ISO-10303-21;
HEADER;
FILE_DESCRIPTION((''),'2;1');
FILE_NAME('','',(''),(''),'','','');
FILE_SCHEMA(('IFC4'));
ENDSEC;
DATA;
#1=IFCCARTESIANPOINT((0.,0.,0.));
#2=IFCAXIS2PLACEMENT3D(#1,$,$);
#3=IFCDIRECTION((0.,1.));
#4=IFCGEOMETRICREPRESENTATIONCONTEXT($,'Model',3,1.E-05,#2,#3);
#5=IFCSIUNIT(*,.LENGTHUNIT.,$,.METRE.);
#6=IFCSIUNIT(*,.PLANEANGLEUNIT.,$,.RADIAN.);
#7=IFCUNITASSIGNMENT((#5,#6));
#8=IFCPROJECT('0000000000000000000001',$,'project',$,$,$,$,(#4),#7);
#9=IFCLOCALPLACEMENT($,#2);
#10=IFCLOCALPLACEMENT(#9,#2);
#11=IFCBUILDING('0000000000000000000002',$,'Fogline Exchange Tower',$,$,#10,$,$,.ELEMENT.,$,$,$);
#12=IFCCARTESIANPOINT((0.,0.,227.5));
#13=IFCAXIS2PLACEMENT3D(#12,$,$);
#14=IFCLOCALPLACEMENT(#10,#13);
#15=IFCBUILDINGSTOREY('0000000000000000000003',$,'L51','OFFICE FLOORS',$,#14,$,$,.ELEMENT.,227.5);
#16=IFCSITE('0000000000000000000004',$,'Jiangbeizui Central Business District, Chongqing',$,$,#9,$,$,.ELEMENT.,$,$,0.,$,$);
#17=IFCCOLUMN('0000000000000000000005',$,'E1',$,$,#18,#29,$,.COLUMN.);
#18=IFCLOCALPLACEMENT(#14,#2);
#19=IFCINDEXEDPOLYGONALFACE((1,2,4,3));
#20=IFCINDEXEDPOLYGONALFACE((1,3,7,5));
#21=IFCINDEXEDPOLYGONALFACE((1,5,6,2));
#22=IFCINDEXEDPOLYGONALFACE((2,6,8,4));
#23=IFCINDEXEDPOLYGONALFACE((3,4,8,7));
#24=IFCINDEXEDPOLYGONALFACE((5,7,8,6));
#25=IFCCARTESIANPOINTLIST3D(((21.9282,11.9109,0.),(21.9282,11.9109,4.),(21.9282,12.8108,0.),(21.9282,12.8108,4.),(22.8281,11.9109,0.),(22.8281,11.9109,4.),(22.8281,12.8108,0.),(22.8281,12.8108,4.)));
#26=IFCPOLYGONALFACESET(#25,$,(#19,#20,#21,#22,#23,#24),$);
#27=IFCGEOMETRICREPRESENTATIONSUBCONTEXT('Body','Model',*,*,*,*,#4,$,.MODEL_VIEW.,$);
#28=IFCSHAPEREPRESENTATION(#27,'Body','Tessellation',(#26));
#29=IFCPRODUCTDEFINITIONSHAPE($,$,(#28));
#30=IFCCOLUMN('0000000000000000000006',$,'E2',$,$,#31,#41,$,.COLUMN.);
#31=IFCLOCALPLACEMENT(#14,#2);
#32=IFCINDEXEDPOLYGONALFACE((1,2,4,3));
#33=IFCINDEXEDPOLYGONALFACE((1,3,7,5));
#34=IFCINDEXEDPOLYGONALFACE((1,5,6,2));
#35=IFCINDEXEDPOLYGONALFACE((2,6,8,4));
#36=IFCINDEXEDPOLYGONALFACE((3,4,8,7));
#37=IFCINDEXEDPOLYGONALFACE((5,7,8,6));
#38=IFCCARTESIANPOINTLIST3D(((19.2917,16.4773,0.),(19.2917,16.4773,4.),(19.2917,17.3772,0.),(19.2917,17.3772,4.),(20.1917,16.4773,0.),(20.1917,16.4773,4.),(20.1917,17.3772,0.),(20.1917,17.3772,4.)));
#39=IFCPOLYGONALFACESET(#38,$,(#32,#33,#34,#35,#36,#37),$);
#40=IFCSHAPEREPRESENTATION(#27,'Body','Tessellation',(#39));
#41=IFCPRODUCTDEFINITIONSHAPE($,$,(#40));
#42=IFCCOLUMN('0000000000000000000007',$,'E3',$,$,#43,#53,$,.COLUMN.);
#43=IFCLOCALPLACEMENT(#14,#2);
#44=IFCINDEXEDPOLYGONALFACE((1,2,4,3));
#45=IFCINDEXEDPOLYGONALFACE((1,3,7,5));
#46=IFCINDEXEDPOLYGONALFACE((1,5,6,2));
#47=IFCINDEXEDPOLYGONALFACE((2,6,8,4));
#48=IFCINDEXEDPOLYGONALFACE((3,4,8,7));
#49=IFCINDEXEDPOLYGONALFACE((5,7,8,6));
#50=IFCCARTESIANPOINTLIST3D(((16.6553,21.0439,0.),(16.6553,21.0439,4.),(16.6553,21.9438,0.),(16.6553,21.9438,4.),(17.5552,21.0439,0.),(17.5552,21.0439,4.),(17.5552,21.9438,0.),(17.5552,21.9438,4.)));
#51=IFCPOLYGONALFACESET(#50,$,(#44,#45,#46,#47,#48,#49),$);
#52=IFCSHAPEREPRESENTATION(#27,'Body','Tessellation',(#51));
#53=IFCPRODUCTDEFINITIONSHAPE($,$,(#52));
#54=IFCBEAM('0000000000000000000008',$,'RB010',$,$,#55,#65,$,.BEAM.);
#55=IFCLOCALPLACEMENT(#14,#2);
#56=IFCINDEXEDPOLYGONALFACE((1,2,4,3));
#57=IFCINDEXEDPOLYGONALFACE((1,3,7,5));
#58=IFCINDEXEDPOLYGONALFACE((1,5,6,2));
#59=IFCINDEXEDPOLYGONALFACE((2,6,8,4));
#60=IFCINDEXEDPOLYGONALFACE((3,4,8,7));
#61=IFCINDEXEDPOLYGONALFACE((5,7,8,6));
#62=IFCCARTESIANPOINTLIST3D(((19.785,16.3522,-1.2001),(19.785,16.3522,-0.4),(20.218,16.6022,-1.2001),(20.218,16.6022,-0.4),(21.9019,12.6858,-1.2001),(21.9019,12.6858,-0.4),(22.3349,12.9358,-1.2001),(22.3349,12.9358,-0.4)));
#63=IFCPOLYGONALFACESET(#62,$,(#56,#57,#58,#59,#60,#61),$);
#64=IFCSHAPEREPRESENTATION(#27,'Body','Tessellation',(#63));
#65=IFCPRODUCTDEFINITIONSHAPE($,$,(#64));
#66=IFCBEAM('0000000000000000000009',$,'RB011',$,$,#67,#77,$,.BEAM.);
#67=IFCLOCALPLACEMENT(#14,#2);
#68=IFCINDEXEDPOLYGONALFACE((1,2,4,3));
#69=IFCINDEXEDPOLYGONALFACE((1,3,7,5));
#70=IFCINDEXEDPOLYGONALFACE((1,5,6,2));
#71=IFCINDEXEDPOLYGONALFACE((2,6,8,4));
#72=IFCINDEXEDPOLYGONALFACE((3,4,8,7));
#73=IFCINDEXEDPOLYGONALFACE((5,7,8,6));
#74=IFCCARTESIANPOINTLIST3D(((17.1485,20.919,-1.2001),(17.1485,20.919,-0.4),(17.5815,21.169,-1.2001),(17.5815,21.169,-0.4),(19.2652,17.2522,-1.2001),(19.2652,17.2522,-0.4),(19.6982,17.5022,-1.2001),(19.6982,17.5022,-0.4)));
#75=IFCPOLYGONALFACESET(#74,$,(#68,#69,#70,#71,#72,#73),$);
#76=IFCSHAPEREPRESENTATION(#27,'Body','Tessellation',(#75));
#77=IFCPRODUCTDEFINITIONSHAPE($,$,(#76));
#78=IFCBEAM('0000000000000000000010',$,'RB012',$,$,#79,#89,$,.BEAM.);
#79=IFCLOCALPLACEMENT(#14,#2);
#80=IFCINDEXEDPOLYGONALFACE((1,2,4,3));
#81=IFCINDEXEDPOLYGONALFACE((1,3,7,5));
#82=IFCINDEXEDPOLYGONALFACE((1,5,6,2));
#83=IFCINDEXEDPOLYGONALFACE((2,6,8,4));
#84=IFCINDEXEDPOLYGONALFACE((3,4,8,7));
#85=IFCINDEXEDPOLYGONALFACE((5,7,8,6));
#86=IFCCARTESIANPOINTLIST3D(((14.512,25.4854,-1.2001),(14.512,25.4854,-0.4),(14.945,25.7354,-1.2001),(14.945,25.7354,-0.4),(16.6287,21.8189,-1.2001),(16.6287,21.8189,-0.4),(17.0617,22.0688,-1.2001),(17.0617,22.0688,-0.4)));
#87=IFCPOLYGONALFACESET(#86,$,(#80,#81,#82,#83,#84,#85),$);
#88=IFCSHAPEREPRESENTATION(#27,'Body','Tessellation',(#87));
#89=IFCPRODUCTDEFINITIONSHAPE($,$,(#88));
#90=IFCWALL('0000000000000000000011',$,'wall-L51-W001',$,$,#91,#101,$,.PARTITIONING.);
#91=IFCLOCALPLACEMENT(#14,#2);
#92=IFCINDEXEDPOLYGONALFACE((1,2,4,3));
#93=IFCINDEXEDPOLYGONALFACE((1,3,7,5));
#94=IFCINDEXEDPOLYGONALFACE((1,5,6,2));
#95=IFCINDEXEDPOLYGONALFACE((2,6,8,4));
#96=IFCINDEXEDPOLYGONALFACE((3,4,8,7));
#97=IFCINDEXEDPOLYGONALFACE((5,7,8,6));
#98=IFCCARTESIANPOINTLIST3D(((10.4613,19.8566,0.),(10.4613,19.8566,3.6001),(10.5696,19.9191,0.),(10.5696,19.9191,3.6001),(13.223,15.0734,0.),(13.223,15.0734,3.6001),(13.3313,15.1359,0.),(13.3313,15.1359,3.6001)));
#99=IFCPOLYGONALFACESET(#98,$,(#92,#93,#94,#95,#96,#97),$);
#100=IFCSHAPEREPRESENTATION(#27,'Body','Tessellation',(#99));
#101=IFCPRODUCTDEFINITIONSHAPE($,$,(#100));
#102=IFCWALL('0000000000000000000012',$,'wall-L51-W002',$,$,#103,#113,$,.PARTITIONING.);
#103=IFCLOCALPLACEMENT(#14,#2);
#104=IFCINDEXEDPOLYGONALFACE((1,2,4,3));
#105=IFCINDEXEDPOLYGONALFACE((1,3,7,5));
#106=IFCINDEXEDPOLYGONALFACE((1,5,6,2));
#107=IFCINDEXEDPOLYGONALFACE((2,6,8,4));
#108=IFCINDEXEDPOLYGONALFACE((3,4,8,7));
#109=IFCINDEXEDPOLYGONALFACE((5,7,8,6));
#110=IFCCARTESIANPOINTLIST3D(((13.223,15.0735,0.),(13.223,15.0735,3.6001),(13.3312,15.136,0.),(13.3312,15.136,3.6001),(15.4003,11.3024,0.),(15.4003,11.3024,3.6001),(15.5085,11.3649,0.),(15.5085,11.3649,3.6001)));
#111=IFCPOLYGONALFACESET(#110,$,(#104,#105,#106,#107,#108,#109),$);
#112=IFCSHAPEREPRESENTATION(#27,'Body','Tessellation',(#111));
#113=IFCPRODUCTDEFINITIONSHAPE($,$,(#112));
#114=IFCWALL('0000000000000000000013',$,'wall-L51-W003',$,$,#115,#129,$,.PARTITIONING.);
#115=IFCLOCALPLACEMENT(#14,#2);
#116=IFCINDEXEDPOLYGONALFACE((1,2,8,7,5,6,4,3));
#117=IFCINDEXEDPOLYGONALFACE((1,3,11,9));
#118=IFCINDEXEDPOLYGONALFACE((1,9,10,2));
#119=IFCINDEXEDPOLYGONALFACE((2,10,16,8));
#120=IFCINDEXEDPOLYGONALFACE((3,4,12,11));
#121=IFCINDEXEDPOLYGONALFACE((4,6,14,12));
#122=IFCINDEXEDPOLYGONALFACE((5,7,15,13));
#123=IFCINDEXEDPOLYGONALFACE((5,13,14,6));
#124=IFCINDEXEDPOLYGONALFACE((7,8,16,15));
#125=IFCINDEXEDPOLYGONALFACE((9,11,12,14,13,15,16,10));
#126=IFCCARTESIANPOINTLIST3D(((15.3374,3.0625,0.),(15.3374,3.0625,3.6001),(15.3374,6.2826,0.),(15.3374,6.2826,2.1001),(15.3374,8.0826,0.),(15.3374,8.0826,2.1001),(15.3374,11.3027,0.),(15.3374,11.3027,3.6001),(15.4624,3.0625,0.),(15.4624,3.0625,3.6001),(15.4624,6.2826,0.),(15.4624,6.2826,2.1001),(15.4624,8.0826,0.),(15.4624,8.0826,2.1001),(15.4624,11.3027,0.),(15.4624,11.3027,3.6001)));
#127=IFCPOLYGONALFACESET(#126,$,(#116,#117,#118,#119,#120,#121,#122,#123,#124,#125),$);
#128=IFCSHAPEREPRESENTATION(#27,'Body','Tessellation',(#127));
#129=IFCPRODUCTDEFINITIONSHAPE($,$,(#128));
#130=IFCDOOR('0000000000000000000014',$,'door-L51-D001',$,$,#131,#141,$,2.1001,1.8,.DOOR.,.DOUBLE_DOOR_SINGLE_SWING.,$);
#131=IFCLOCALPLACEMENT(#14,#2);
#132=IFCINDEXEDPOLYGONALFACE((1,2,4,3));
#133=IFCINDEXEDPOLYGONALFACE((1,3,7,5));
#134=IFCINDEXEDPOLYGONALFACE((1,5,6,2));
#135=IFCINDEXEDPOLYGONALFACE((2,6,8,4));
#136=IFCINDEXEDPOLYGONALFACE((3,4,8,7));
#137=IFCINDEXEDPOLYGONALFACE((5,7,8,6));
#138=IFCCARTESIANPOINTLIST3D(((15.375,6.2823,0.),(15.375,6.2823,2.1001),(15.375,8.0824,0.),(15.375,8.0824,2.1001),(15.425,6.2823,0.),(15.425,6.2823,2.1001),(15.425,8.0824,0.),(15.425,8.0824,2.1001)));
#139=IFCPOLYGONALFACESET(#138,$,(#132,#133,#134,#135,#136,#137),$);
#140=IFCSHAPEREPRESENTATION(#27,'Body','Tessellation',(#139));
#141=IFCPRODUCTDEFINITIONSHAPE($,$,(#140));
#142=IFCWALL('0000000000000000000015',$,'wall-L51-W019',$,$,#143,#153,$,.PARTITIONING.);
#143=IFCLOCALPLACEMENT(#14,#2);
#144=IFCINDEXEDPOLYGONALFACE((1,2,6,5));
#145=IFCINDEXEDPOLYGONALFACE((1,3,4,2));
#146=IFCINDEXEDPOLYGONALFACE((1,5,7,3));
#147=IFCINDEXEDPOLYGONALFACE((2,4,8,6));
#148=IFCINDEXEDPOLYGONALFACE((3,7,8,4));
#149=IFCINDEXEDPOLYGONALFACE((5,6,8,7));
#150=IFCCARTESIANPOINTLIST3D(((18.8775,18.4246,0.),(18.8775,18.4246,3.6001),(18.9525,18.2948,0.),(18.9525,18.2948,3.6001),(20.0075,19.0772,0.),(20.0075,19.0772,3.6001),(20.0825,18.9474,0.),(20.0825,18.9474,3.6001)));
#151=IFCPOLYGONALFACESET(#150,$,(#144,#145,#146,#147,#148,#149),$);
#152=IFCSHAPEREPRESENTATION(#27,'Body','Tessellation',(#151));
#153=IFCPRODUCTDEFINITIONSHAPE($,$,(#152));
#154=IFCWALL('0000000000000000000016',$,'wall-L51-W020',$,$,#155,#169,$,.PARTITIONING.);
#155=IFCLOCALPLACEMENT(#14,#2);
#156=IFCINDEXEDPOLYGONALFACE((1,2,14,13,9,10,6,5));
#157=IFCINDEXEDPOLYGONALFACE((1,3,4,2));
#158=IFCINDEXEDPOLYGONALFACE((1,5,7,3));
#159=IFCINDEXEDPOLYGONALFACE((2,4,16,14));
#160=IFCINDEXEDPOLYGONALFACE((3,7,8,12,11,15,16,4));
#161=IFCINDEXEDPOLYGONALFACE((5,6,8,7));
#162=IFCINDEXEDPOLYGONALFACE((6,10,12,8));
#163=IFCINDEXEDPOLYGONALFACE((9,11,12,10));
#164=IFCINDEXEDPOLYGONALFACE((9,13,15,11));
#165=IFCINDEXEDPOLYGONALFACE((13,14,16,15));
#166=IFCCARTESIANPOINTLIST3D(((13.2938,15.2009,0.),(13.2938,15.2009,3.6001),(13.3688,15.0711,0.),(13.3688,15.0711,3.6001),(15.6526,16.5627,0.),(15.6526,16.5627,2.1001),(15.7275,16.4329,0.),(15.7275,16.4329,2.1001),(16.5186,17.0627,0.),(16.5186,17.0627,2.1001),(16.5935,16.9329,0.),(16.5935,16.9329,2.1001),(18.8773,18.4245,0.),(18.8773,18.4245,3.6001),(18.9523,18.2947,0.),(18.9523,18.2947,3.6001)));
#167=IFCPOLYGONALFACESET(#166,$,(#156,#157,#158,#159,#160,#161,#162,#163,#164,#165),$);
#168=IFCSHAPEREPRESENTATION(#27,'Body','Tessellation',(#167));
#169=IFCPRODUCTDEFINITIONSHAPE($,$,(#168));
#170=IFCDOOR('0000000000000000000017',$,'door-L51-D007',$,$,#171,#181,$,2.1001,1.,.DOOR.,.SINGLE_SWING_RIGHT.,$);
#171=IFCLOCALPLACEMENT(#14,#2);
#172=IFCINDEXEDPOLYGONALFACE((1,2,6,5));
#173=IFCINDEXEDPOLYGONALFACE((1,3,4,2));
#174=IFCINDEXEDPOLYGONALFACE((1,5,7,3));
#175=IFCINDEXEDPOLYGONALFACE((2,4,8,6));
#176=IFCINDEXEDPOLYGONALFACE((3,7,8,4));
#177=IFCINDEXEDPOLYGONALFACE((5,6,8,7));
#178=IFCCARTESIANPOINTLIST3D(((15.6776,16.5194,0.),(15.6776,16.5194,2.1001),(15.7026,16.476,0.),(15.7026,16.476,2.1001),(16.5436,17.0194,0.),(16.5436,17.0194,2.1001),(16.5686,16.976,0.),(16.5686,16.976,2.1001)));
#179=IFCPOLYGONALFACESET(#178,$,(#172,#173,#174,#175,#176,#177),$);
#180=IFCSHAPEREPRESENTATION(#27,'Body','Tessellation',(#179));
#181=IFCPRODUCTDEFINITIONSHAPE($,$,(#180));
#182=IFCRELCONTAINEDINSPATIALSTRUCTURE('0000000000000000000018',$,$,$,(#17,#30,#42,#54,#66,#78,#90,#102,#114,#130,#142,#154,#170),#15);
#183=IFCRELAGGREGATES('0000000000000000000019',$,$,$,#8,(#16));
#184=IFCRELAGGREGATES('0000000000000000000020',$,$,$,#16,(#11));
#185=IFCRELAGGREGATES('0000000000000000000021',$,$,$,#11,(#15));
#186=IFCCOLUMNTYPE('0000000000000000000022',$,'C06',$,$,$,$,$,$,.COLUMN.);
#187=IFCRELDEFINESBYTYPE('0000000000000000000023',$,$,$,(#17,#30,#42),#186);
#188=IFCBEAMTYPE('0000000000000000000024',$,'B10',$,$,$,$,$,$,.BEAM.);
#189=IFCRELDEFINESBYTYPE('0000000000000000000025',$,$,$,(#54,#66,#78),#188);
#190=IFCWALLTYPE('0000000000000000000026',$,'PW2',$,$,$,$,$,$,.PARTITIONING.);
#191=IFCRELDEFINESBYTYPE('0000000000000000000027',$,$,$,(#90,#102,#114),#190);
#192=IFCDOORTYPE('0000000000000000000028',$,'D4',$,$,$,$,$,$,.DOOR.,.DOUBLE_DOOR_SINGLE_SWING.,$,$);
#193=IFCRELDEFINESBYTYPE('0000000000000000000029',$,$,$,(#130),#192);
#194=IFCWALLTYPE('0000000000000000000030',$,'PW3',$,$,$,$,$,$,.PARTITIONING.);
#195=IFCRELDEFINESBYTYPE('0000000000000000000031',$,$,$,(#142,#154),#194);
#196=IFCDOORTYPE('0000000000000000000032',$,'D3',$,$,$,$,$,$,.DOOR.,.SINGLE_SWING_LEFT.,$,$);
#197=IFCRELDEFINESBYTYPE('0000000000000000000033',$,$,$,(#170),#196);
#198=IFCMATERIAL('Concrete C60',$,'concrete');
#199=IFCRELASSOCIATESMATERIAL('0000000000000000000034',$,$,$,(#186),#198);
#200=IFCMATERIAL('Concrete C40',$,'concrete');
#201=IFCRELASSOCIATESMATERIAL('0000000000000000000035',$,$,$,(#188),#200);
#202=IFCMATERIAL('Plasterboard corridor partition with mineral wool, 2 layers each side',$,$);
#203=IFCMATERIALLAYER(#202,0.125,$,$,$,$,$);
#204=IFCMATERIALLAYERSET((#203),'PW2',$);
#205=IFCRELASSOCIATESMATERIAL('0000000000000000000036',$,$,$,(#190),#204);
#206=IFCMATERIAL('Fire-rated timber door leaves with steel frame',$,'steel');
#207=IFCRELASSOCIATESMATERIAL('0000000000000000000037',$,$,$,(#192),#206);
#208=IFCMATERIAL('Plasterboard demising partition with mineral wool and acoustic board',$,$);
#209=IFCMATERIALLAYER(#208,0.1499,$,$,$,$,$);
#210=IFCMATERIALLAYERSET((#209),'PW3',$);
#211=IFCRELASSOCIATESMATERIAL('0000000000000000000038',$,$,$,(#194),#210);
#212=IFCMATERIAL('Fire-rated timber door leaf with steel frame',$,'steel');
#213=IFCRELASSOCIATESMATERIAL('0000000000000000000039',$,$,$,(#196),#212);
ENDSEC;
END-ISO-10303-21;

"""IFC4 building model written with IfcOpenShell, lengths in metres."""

from ifc_helpers import new_model, si_unit, direction, frame, frame_2d, origin, origin_2d, place, context, subcontext, project, spatial, rectangle, extrude, material, layer, layer_set, material_profile, profile_set, type_object, element, fill, save


model = new_model("IFC4")

# Units and contexts
model_context = context("Model", 3, precision=1e-05, world=origin(), true_north=direction((0.0, 1.0)))
body_context = subcontext(model_context, "Body", "Model", "MODEL_VIEW")
ifc_project = project(units=[si_unit("LENGTHUNIT", "METRE"), si_unit("PLANEANGLEUNIT", "RADIAN")], contexts=[model_context])

# Site, building, storey
site_placement = place(None, origin())
site = spatial("IfcSite", under=ifc_project, at=site_placement, Name="Jiangbeizui Central Business District, Chongqing", CompositionType="ELEMENT", RefElevation=0.0)
building_placement = place(site_placement, origin())
building = spatial("IfcBuilding", under=site, at=building_placement, Name="Fogline Exchange Tower", CompositionType="ELEMENT")
storey_placement = place(building_placement, frame((0.0, 0.0, 227.5)))
storey = spatial("IfcBuildingStorey", under=building, at=storey_placement, Name="L51", Description="OFFICE FLOORS", CompositionType="ELEMENT", Elevation=227.5)

# Columns
ifc_material_1 = material(Name="Concrete C60", Category="concrete")
ifc_material_profile_1 = material_profile(ifc_material_1, rectangle(XDim=0.8999, YDim=0.8999, at=origin_2d()), Name="RC 900x900")
ifc_profile_set_1 = profile_set([ifc_material_profile_1], Name="Concrete C60")
column_type = type_object("IfcColumnType", Name="C06", PredefinedType="COLUMN", material=ifc_profile_set_1)
for number, where, z_axis, x_axis, name in (
    (1, (22.3782, 12.3608, 0.0), (0.0, 0.0, 1.0), (1.0, 0.0, 0.0), "E1"),
    (2, (19.7417, 16.9272, 0.0), (0.0, 0.0, 1.0), (1.0, 0.0, 0.0), "E2"),
    (3, (17.1052, 21.4939, 0.0), (0.0, 0.0, 1.0), (1.0, 0.0, 0.0), "E3"),
):
    element("IfcColumn", number, at=place(storey_placement, frame(where, z_axis=z_axis, x_axis=x_axis)), inside=storey, type_object=column_type, Name=name, PredefinedType="COLUMN", context=body_context, shape_type="SweptSolid", body=[
        extrude(rectangle(XDim=0.8999, YDim=0.8999, at=origin_2d()), origin(), (0.0, 0.0, 1.0), 4.0),
    ])

# Beams
ifc_material_2 = material(Name="Concrete C40", Category="concrete")
ifc_material_profile_2 = material_profile(ifc_material_2, rectangle(XDim=0.5, YDim=0.8, at=origin_2d()), Name="RC 500x800")
ifc_profile_set_2 = profile_set([ifc_material_profile_2], Name="Concrete C40")
beam_type = type_object("IfcBeamType", Name="B10", PredefinedType="BEAM", material=ifc_profile_set_2)
beam_1_placement = place(storey_placement, frame((22.1184, 12.8108, -0.8), z_axis=(-0.500015, 0.866017, 0.0), x_axis=(-0.866017, -0.500015, 0.0)))
element("IfcBeam", 4, at=beam_1_placement, inside=storey, type_object=beam_type, Name="RB010", PredefinedType="BEAM", context=body_context, shape_type="SweptSolid", body=[
    extrude(rectangle(XDim=0.5, YDim=0.8, at=origin_2d()), origin(), (0.0, 0.0, 1.0), 4.2336),
])
beam_2_placement = place(storey_placement, frame((19.4817, 17.3772, -0.8), z_axis=(-0.499947, 0.866056, 0.0), x_axis=(-0.866056, -0.499947, 0.0)))
element("IfcBeam", 5, at=beam_2_placement, inside=storey, type_object=beam_type, Name="RB011", PredefinedType="BEAM", context=body_context, shape_type="SweptSolid", body=[
    extrude(rectangle(XDim=0.5, YDim=0.8, at=origin_2d()), origin(), (0.0, 0.0, 1.0), 4.2339),
])
beam_3_placement = place(storey_placement, frame((16.8452, 21.9438, -0.8), z_axis=(-0.499972, 0.866042, 0.0), x_axis=(-0.866042, -0.499972, 0.0)))
element("IfcBeam", 6, at=beam_3_placement, inside=storey, type_object=beam_type, Name="RB012", PredefinedType="BEAM", context=body_context, shape_type="SweptSolid", body=[
    extrude(rectangle(XDim=0.5, YDim=0.8, at=origin_2d()), origin(), (0.0, 0.0, 1.0), 4.2336),
])

# Walls
ifc_material_3 = material(Name="Plasterboard corridor partition with mineral wool, 2 layers each side")
ifc_layer_1 = layer(ifc_material_3, 0.125)
ifc_layer_set_1 = layer_set([ifc_layer_1], Name="PW2")
wall_type_1 = type_object("IfcWallType", Name="PW2", PredefinedType="PARTITIONING", material=ifc_layer_set_1)
wall_1_placement = place(storey_placement, frame((10.5154, 19.8879, 0.0), z_axis=(0.0, 0.0, 1.0), x_axis=(0.500018, -0.866015, 0.0)))
element("IfcWall", 7, at=wall_1_placement, inside=storey, type_object=wall_type_1, Name="wall-L51-W001", PredefinedType="PARTITIONING", context=body_context, shape_type="SweptSolid", body=[
    extrude(rectangle(XDim=5.5232, YDim=0.125, at=frame_2d((2.7617, 0.0))), origin(), (0.0, 0.0, 1.0), 3.6001),
])
wall_2_placement = place(storey_placement, frame((13.2771, 15.1047, 0.0), z_axis=(0.0, 0.0, 1.0), x_axis=(0.50001, -0.866019, 0.0)))
element("IfcWall", 8, at=wall_2_placement, inside=storey, type_object=wall_type_1, Name="wall-L51-W002", PredefinedType="PARTITIONING", context=body_context, shape_type="SweptSolid", body=[
    extrude(rectangle(XDim=4.3545, YDim=0.125, at=frame_2d((2.1772, 0.0))), origin(), (0.0, 0.0, 1.0), 3.6001),
])

# Wall, opening, door
wall_3_placement = place(storey_placement, frame((15.3999, 11.3027, 0.0), z_axis=(0.0, 0.0, 1.0), x_axis=(0.0, -1.0, 0.0)))
wall_3 = element("IfcWall", 9, at=wall_3_placement, inside=storey, type_object=wall_type_1, Name="wall-L51-W003", PredefinedType="PARTITIONING", context=body_context, shape_type="SweptSolid", body=[
    extrude(rectangle(XDim=8.2402, YDim=0.125, at=frame_2d((4.1201, 0.0))), origin(), (0.0, 0.0, 1.0), 3.6001),
])
opening_1_placement = place(wall_3_placement, frame((3.2202, 0.0, 0.0)))
opening_1 = element("IfcOpeningElement", 10, at=opening_1_placement, cuts=wall_3, PredefinedType="OPENING", context=body_context, shape_type="SweptSolid", body=[
    extrude(rectangle(XDim=1.8, YDim=2.1001, at=frame_2d((0.8999, 1.05))), frame((0.0, 0.0725, 0.0), z_axis=(0.0, -1.0, 0.0), x_axis=(1.0, 0.0, 0.0)), (0.0, 0.0, 1.0), 0.145),
])
ifc_material_4 = material(Name="Fire-rated timber door leaves with steel frame", Category="steel")
door_type_1 = type_object("IfcDoorType", Name="D4", OperationType="DOUBLE_DOOR_SINGLE_SWING", PredefinedType="DOOR", material=ifc_material_4)
door_1_placement = place(opening_1_placement, frame((1.8, 0.0, 0.0), z_axis=(0.0, 0.0, 1.0), x_axis=(-1.0, 0.0, 0.0)))
door_1 = element("IfcDoor", 11, at=door_1_placement, inside=storey, type_object=door_type_1, Name="door-L51-D001", OperationType="DOUBLE_DOOR_SINGLE_SWING", OverallHeight=2.1001, OverallWidth=1.8, PredefinedType="DOOR", context=body_context, shape_type="SweptSolid", body=[
    extrude(rectangle(XDim=1.8, YDim=2.1001, at=frame_2d((0.8999, 1.05))), frame((0.0, 0.0249, 0.0), z_axis=(0.0, -1.0, 0.0), x_axis=(1.0, 0.0, 0.0)), (0.0, 0.0, 1.0), 0.05),
])
fill(opening_1, door_1)

# Wall
ifc_material_5 = material(Name="Plasterboard demising partition with mineral wool and acoustic board")
ifc_layer_2 = layer(ifc_material_5, 0.1499)
ifc_layer_set_2 = layer_set([ifc_layer_2], Name="PW3")
wall_type_2 = type_object("IfcWallType", Name="PW3", PredefinedType="PARTITIONING", material=ifc_layer_set_2)
wall_4_placement = place(storey_placement, frame((20.0449, 19.0122, 0.0), z_axis=(0.0, 0.0, 1.0), x_axis=(-0.865989, -0.500063, 0.0)))
element("IfcWall", 12, at=wall_4_placement, inside=storey, type_object=wall_type_2, Name="wall-L51-W019", PredefinedType="PARTITIONING", context=body_context, shape_type="SweptSolid", body=[
    extrude(rectangle(XDim=1.3049, YDim=0.1499, at=frame_2d((0.6523, 0.0))), origin(), (0.0, 0.0, 1.0), 3.6001),
])

# Wall, opening, door
wall_5_placement = place(storey_placement, frame((18.9148, 18.3596, 0.0), z_axis=(0.0, 0.0, 1.0), x_axis=(-0.866025, -0.5, 0.0)))
wall_5 = element("IfcWall", 13, at=wall_5_placement, inside=storey, type_object=wall_type_2, Name="wall-L51-W020", PredefinedType="PARTITIONING", context=body_context, shape_type="SweptSolid", body=[
    extrude(rectangle(XDim=6.4473, YDim=0.1499, at=frame_2d((3.2236, 0.0))), origin(), (0.0, 0.0, 1.0), 3.6001),
])
opening_2_placement = place(wall_5_placement, frame((2.7236, 0.0, 0.0)))
opening_2 = element("IfcOpeningElement", 14, at=opening_2_placement, cuts=wall_5, PredefinedType="OPENING", context=body_context, shape_type="SweptSolid", body=[
    extrude(rectangle(XDim=1.0, YDim=2.1001, at=frame_2d((0.5, 1.05))), frame((0.0, 0.085, 0.0), z_axis=(0.0, -1.0, 0.0), x_axis=(1.0, 0.0, 0.0)), (0.0, 0.0, 1.0), 0.1699),
])
ifc_material_6 = material(Name="Fire-rated timber door leaf with steel frame", Category="steel")
door_type_2 = type_object("IfcDoorType", Name="D3", OperationType="SINGLE_SWING_LEFT", PredefinedType="DOOR", material=ifc_material_6)
door_2_placement = place(opening_2_placement, frame((1.0, 0.0, 0.0), z_axis=(0.0, 0.0, 1.0), x_axis=(-1.0, 0.0, 0.0)))
door_2 = element("IfcDoor", 15, at=door_2_placement, inside=storey, type_object=door_type_2, Name="door-L51-D007", OperationType="SINGLE_SWING_RIGHT", OverallHeight=2.1001, OverallWidth=1.0, PredefinedType="DOOR", context=body_context, shape_type="SweptSolid", body=[
    extrude(rectangle(XDim=1.0, YDim=2.1001, at=frame_2d((0.5, 1.05))), frame((0.0, 0.0249, 0.0), z_axis=(0.0, -1.0, 0.0), x_axis=(1.0, 0.0, 0.0)), (0.0, 0.0, 1.0), 0.05),
])
fill(opening_2, door_2)

save(model, "model.ifc")
